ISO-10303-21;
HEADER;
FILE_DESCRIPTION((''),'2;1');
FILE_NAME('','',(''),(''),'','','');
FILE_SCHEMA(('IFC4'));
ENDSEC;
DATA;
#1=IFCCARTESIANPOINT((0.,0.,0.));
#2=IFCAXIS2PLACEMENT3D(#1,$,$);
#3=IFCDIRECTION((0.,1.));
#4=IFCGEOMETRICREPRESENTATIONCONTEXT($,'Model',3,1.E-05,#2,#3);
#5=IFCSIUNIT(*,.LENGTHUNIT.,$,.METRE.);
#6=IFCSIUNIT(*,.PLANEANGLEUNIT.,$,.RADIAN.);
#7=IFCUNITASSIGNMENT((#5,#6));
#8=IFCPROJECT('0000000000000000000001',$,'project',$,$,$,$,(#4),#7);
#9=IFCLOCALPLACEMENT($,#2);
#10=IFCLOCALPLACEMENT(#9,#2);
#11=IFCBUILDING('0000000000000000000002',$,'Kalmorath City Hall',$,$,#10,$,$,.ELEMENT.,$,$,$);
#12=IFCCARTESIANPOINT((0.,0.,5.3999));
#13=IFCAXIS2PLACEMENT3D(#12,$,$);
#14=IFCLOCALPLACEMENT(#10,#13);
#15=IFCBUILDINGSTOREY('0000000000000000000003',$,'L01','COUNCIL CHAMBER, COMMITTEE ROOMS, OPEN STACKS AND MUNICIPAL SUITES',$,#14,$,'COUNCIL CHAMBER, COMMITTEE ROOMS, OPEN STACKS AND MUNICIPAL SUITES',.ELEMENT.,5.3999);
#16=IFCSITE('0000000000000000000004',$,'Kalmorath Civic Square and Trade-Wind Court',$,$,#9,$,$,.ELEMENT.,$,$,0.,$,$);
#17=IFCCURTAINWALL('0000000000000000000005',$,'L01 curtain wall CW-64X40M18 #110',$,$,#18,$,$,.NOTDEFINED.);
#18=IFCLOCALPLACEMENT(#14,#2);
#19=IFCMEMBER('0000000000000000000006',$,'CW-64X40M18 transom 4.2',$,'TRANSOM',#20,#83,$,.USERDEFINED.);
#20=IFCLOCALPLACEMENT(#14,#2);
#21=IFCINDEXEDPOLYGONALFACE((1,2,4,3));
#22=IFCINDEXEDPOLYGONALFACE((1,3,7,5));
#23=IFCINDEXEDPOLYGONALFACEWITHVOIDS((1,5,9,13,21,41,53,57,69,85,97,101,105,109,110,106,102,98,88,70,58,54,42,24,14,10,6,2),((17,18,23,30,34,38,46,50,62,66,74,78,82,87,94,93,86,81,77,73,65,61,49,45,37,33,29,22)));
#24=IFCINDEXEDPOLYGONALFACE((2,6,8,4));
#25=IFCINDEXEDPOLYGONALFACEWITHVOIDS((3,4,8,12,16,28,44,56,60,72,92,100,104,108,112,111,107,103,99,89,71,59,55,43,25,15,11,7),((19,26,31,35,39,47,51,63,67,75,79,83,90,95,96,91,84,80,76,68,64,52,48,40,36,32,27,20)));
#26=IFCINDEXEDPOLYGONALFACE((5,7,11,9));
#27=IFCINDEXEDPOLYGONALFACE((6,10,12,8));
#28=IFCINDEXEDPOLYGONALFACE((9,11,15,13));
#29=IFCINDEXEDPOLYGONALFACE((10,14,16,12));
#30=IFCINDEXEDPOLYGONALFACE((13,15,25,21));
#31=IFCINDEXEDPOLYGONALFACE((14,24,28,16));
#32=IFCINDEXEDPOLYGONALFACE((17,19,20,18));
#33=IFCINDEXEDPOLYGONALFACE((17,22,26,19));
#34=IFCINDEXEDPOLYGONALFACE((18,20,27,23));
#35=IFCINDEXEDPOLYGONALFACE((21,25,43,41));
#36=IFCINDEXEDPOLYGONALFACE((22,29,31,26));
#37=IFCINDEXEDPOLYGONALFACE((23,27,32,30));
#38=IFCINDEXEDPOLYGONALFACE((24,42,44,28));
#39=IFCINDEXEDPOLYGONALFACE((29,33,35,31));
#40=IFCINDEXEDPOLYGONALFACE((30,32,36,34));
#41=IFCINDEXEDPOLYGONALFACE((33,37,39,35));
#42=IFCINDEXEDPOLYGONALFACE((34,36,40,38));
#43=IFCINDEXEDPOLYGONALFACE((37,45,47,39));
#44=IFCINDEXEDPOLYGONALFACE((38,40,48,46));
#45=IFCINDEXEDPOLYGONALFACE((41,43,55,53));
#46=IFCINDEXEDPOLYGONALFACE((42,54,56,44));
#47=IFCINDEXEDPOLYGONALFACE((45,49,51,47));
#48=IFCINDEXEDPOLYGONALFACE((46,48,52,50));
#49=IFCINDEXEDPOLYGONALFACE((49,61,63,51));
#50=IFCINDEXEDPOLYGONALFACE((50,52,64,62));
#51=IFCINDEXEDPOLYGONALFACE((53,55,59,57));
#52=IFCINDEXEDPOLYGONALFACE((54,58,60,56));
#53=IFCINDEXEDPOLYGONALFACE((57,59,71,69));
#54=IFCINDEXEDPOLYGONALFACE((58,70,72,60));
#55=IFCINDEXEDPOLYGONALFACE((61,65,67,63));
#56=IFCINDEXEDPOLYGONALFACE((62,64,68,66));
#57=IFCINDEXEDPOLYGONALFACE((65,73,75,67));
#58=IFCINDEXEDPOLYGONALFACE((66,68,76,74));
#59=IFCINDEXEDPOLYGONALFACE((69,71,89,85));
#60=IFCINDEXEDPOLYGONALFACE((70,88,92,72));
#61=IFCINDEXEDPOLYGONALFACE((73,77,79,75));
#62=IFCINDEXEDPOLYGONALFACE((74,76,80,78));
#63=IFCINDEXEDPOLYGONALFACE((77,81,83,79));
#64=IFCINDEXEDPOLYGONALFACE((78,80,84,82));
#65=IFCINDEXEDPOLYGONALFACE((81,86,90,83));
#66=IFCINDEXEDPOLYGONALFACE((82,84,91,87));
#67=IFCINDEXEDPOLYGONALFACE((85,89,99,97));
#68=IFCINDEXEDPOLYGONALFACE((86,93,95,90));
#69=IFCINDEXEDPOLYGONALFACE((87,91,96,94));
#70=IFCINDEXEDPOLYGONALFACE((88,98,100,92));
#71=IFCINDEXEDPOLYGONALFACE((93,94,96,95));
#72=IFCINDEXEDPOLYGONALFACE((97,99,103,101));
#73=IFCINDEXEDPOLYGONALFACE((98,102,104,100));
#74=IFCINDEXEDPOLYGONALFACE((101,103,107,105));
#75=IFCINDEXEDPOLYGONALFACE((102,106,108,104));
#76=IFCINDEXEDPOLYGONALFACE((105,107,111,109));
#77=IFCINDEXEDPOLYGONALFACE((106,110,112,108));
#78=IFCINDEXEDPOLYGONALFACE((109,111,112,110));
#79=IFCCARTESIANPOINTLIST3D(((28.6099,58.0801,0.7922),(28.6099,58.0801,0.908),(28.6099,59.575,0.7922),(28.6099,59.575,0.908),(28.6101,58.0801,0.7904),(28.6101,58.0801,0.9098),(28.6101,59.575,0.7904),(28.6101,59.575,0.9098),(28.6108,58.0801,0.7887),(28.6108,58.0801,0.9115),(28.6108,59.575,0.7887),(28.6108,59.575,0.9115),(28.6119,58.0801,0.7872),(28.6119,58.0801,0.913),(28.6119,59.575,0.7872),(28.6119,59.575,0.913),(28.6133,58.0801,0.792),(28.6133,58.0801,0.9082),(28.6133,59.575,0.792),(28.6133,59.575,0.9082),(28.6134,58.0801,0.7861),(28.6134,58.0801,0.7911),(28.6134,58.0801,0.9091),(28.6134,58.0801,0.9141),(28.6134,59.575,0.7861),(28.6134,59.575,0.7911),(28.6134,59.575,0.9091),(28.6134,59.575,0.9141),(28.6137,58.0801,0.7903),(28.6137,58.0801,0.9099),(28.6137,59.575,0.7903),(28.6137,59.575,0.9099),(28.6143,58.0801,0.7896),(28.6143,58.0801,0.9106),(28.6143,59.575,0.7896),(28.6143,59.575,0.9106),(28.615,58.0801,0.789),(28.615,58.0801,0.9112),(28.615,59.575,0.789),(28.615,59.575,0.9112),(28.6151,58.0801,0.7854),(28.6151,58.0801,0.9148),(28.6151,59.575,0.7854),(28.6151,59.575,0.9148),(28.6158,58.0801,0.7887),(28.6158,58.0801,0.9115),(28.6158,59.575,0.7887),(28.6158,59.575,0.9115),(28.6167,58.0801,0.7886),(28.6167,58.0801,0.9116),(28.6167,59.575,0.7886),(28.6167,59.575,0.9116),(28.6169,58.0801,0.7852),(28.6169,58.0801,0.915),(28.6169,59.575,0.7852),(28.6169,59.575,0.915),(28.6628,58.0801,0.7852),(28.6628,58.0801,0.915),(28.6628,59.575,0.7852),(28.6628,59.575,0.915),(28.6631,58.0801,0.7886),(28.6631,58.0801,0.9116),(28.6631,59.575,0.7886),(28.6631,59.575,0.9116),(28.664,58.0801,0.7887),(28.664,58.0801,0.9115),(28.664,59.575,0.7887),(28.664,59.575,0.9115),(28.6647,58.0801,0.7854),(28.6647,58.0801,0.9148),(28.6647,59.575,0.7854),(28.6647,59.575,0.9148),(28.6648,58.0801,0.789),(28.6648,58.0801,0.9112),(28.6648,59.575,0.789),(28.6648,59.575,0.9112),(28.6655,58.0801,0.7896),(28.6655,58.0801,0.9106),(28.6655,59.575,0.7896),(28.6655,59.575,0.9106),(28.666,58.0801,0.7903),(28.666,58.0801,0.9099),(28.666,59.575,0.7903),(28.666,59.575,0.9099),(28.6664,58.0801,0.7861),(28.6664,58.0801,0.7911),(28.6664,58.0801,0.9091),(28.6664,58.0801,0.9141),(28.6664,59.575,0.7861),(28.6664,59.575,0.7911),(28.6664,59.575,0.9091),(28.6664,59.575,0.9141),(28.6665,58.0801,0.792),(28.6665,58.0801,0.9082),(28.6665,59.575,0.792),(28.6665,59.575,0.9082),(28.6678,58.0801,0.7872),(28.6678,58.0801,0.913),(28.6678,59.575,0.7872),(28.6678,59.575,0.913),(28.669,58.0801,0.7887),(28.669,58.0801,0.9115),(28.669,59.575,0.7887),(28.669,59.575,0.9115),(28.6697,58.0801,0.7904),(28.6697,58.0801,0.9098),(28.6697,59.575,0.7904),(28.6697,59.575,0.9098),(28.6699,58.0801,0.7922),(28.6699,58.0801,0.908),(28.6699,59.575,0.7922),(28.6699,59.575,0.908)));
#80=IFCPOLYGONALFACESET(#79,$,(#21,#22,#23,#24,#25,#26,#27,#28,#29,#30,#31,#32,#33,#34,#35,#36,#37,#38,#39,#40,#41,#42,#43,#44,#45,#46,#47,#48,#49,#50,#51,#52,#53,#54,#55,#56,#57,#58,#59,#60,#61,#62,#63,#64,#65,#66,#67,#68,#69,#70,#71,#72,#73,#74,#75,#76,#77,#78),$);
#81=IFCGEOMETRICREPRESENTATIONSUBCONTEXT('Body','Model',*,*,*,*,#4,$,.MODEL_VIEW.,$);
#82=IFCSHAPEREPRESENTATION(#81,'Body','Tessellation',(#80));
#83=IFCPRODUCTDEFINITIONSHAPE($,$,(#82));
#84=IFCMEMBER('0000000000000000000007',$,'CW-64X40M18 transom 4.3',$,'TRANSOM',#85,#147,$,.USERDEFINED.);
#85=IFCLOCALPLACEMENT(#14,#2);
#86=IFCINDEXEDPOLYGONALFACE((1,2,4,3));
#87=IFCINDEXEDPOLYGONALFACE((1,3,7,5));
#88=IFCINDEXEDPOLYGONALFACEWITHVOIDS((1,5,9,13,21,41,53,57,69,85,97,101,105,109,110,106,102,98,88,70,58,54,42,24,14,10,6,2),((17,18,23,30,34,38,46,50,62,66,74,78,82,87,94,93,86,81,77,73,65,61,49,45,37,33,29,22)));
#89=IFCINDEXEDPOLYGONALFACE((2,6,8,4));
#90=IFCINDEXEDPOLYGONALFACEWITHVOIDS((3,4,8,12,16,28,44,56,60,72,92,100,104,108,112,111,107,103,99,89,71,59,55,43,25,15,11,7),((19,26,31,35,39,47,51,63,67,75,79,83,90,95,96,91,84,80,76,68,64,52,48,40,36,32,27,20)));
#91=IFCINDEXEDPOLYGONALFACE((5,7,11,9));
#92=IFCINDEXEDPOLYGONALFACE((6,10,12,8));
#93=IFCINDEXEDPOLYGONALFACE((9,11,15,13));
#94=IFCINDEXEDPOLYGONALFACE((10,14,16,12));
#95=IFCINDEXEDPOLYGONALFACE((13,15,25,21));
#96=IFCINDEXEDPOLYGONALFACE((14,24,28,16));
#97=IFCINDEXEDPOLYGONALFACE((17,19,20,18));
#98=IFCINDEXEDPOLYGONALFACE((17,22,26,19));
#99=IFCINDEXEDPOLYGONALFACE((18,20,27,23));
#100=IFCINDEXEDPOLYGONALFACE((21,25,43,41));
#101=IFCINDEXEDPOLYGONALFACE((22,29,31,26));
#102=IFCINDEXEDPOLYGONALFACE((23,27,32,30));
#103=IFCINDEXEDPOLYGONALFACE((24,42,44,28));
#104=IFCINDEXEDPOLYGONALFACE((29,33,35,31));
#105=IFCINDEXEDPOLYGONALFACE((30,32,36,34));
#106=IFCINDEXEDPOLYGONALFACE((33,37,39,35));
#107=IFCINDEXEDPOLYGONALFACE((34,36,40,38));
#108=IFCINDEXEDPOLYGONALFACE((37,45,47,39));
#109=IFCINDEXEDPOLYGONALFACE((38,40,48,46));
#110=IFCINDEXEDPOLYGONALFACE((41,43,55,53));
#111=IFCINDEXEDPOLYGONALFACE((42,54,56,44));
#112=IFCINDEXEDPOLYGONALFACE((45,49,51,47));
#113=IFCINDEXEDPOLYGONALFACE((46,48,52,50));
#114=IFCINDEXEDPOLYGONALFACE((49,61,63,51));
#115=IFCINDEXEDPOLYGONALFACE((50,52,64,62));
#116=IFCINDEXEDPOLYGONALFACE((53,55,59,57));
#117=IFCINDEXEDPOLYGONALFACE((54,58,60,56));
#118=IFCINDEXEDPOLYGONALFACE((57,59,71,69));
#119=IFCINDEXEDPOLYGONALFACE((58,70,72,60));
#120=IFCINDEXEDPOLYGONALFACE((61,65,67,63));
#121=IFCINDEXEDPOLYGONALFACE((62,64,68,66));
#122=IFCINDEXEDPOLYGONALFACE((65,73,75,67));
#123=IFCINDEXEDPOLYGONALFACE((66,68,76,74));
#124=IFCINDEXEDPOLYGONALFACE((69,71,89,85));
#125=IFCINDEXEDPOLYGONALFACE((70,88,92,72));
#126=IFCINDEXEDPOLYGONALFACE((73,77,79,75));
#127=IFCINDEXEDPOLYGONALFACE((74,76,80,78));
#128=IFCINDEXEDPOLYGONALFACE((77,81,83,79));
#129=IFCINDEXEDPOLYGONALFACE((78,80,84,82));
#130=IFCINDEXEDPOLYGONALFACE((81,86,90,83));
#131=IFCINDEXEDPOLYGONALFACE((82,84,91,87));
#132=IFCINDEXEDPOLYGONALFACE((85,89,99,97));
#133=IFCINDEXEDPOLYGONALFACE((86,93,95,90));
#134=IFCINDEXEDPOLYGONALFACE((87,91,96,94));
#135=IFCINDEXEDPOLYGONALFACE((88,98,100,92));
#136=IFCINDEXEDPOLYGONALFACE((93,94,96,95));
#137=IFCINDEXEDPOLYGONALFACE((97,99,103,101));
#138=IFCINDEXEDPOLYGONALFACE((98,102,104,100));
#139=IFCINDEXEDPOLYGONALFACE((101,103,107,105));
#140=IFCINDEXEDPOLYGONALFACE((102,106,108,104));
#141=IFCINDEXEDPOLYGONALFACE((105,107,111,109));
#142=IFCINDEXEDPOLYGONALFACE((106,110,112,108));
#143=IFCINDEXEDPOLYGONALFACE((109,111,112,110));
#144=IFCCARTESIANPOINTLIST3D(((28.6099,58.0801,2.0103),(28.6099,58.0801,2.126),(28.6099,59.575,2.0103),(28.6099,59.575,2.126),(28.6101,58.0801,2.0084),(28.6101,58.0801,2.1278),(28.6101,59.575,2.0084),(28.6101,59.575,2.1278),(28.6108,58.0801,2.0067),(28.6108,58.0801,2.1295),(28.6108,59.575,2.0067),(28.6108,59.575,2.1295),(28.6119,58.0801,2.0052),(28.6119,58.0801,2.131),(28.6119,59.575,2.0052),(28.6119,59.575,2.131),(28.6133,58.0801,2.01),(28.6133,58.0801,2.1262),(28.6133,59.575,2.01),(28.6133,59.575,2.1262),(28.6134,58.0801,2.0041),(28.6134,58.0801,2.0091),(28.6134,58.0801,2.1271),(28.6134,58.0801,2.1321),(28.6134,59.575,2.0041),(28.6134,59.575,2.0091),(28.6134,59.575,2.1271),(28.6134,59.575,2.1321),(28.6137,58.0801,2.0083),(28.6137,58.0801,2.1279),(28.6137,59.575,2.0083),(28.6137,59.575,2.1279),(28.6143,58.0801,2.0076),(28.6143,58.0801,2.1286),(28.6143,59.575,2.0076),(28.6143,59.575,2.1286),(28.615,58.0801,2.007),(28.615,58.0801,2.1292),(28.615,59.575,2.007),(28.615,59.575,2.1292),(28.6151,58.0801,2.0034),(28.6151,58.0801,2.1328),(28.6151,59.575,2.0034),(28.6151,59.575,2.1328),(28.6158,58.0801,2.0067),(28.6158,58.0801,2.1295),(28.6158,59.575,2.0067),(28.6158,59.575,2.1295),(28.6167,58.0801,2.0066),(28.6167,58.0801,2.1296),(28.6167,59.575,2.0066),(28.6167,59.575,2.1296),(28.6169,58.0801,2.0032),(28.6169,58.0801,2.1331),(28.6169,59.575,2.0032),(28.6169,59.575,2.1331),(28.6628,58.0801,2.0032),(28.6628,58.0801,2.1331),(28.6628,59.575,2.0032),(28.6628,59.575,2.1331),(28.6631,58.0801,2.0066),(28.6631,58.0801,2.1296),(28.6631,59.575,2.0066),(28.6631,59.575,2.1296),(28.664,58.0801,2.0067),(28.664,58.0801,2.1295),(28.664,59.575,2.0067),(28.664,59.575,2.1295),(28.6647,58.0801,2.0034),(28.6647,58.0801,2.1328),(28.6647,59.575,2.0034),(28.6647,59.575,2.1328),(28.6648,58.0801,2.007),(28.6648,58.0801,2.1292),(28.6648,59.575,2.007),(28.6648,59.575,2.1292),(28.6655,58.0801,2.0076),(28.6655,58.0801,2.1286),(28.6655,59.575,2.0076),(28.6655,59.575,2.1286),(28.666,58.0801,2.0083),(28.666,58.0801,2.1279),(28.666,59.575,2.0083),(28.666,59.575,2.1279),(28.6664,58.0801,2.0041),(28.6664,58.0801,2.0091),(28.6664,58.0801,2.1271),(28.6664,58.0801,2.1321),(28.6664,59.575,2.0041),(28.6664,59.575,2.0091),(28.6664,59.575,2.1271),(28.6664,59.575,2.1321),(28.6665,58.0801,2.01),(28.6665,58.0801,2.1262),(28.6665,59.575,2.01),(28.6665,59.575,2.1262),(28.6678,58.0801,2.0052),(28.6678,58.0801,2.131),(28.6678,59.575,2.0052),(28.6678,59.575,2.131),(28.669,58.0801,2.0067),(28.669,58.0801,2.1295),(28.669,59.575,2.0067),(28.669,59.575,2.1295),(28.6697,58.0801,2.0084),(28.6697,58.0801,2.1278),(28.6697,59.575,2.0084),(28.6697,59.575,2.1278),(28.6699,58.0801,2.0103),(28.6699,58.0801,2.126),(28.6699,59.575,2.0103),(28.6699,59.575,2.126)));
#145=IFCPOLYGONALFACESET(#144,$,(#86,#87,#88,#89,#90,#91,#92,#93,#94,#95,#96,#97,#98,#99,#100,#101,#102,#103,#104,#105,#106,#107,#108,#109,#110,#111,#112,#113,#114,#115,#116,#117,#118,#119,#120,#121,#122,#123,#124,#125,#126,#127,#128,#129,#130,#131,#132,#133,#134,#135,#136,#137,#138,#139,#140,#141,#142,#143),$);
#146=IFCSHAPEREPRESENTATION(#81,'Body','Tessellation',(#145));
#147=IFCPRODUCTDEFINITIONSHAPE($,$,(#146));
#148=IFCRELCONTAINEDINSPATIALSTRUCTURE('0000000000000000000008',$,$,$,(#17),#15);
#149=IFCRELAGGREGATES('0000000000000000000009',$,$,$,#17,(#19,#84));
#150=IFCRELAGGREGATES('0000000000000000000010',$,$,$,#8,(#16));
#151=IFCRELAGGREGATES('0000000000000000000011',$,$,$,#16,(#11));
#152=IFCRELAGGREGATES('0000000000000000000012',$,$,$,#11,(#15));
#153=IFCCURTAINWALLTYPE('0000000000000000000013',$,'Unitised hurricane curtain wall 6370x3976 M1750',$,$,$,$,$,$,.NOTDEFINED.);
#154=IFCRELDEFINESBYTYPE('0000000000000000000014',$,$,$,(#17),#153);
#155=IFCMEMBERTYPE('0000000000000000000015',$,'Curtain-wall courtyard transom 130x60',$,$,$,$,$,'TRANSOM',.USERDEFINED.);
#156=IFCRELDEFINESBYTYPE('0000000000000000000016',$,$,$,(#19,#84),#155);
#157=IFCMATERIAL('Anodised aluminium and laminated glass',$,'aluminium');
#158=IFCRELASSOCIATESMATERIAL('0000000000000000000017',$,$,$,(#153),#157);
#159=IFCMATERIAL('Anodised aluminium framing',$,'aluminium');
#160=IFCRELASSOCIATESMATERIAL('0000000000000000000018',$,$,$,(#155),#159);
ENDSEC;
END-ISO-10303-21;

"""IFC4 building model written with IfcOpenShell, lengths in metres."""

from ifc_helpers import new_model, si_unit, direction, frame, origin, origin_2d, place, context, subcontext, project, spatial, hollow_rectangle, extrude, material, material_profile, profile_set, type_object, element, aggregate, save


model = new_model("IFC4")

# Units and contexts
model_context = context("Model", 3, precision=1e-05, world=origin(), true_north=direction((0.0, 1.0)))
body_context = subcontext(model_context, "Body", "Model", "MODEL_VIEW")
ifc_project = project(units=[si_unit("LENGTHUNIT", "METRE"), si_unit("PLANEANGLEUNIT", "RADIAN")], contexts=[model_context])

# Site, building, storey
site_placement = place(None, origin())
site = spatial("IfcSite", under=ifc_project, at=site_placement, Name="Kalmorath Civic Square and Trade-Wind Court", CompositionType="ELEMENT", RefElevation=0.0)
building_placement = place(site_placement, origin())
building = spatial("IfcBuilding", under=site, at=building_placement, Name="Kalmorath City Hall", CompositionType="ELEMENT")
storey_placement = place(building_placement, frame((0.0, 0.0, 5.3999)))
storey = spatial("IfcBuildingStorey", under=building, at=storey_placement, Name="L01", Description="COUNCIL CHAMBER, COMMITTEE ROOMS, OPEN STACKS AND MUNICIPAL SUITES", LongName="COUNCIL CHAMBER, COMMITTEE ROOMS, OPEN STACKS AND MUNICIPAL SUITES", CompositionType="ELEMENT", Elevation=5.3999)

# Curtain wall, members
ifc_material_1 = material(Name="Anodised aluminium and laminated glass", Category="aluminium")
curtain_wall_type = type_object("IfcCurtainWallType", Name="Unitised hurricane curtain wall 6370x3976 M1750", PredefinedType="NOTDEFINED", material=ifc_material_1)
curtain_wall_placement = place(storey_placement, origin())
curtain_wall = element("IfcCurtainWall", 1, at=curtain_wall_placement, inside=storey, type_object=curtain_wall_type, Name="L01 curtain wall CW-64X40M18 #110", PredefinedType="NOTDEFINED")
ifc_material_2 = material(Name="Anodised aluminium framing", Category="aluminium")
ifc_material_profile_1 = material_profile(ifc_material_2, hollow_rectangle(XDim=0.0601, YDim=0.1299, WallThickness=0.0034, InnerFilletRadius=0.0034, OuterFilletRadius=0.0071, at=origin_2d()), Name="ALU-TRN-130X60X3.5")
ifc_profile_set_1 = profile_set([ifc_material_profile_1], Name="Anodised aluminium framing")
member_type_1 = type_object("IfcMemberType", Name="Curtain-wall courtyard transom 130x60", ElementType="TRANSOM", PredefinedType="USERDEFINED", material=ifc_profile_set_1)
member_1_placement = place(storey_placement, frame((28.6399, 59.575, 0.8501), z_axis=(0.0, -1.0, 0.0), x_axis=(1.0, 0.0, 0.0)))
member_1 = element("IfcMember", 2, at=member_1_placement, type_object=member_type_1, Name="CW-64X40M18 transom 4.2", ObjectType="TRANSOM", PredefinedType="USERDEFINED", context=body_context, shape_type="SweptSolid", body=[
    extrude(hollow_rectangle(XDim=0.0601, YDim=0.1299, WallThickness=0.0034, InnerFilletRadius=0.0034, OuterFilletRadius=0.0071, at=origin_2d()), origin(), (0.0, 0.0, 1.0), 1.4949),
])
member_2_placement = place(storey_placement, frame((28.6399, 59.575, 2.0681), z_axis=(0.0, -1.0, 0.0), x_axis=(1.0, 0.0, 0.0)))
member_2 = element("IfcMember", 3, at=member_2_placement, type_object=member_type_1, Name="CW-64X40M18 transom 4.3", ObjectType="TRANSOM", PredefinedType="USERDEFINED", context=body_context, shape_type="SweptSolid", body=[
    extrude(hollow_rectangle(XDim=0.0601, YDim=0.1299, WallThickness=0.0034, InnerFilletRadius=0.0034, OuterFilletRadius=0.0071, at=origin_2d()), origin(), (0.0, 0.0, 1.0), 1.4949),
])

aggregate(curtain_wall, [member_1, member_2])

save(model, "model.ifc")
